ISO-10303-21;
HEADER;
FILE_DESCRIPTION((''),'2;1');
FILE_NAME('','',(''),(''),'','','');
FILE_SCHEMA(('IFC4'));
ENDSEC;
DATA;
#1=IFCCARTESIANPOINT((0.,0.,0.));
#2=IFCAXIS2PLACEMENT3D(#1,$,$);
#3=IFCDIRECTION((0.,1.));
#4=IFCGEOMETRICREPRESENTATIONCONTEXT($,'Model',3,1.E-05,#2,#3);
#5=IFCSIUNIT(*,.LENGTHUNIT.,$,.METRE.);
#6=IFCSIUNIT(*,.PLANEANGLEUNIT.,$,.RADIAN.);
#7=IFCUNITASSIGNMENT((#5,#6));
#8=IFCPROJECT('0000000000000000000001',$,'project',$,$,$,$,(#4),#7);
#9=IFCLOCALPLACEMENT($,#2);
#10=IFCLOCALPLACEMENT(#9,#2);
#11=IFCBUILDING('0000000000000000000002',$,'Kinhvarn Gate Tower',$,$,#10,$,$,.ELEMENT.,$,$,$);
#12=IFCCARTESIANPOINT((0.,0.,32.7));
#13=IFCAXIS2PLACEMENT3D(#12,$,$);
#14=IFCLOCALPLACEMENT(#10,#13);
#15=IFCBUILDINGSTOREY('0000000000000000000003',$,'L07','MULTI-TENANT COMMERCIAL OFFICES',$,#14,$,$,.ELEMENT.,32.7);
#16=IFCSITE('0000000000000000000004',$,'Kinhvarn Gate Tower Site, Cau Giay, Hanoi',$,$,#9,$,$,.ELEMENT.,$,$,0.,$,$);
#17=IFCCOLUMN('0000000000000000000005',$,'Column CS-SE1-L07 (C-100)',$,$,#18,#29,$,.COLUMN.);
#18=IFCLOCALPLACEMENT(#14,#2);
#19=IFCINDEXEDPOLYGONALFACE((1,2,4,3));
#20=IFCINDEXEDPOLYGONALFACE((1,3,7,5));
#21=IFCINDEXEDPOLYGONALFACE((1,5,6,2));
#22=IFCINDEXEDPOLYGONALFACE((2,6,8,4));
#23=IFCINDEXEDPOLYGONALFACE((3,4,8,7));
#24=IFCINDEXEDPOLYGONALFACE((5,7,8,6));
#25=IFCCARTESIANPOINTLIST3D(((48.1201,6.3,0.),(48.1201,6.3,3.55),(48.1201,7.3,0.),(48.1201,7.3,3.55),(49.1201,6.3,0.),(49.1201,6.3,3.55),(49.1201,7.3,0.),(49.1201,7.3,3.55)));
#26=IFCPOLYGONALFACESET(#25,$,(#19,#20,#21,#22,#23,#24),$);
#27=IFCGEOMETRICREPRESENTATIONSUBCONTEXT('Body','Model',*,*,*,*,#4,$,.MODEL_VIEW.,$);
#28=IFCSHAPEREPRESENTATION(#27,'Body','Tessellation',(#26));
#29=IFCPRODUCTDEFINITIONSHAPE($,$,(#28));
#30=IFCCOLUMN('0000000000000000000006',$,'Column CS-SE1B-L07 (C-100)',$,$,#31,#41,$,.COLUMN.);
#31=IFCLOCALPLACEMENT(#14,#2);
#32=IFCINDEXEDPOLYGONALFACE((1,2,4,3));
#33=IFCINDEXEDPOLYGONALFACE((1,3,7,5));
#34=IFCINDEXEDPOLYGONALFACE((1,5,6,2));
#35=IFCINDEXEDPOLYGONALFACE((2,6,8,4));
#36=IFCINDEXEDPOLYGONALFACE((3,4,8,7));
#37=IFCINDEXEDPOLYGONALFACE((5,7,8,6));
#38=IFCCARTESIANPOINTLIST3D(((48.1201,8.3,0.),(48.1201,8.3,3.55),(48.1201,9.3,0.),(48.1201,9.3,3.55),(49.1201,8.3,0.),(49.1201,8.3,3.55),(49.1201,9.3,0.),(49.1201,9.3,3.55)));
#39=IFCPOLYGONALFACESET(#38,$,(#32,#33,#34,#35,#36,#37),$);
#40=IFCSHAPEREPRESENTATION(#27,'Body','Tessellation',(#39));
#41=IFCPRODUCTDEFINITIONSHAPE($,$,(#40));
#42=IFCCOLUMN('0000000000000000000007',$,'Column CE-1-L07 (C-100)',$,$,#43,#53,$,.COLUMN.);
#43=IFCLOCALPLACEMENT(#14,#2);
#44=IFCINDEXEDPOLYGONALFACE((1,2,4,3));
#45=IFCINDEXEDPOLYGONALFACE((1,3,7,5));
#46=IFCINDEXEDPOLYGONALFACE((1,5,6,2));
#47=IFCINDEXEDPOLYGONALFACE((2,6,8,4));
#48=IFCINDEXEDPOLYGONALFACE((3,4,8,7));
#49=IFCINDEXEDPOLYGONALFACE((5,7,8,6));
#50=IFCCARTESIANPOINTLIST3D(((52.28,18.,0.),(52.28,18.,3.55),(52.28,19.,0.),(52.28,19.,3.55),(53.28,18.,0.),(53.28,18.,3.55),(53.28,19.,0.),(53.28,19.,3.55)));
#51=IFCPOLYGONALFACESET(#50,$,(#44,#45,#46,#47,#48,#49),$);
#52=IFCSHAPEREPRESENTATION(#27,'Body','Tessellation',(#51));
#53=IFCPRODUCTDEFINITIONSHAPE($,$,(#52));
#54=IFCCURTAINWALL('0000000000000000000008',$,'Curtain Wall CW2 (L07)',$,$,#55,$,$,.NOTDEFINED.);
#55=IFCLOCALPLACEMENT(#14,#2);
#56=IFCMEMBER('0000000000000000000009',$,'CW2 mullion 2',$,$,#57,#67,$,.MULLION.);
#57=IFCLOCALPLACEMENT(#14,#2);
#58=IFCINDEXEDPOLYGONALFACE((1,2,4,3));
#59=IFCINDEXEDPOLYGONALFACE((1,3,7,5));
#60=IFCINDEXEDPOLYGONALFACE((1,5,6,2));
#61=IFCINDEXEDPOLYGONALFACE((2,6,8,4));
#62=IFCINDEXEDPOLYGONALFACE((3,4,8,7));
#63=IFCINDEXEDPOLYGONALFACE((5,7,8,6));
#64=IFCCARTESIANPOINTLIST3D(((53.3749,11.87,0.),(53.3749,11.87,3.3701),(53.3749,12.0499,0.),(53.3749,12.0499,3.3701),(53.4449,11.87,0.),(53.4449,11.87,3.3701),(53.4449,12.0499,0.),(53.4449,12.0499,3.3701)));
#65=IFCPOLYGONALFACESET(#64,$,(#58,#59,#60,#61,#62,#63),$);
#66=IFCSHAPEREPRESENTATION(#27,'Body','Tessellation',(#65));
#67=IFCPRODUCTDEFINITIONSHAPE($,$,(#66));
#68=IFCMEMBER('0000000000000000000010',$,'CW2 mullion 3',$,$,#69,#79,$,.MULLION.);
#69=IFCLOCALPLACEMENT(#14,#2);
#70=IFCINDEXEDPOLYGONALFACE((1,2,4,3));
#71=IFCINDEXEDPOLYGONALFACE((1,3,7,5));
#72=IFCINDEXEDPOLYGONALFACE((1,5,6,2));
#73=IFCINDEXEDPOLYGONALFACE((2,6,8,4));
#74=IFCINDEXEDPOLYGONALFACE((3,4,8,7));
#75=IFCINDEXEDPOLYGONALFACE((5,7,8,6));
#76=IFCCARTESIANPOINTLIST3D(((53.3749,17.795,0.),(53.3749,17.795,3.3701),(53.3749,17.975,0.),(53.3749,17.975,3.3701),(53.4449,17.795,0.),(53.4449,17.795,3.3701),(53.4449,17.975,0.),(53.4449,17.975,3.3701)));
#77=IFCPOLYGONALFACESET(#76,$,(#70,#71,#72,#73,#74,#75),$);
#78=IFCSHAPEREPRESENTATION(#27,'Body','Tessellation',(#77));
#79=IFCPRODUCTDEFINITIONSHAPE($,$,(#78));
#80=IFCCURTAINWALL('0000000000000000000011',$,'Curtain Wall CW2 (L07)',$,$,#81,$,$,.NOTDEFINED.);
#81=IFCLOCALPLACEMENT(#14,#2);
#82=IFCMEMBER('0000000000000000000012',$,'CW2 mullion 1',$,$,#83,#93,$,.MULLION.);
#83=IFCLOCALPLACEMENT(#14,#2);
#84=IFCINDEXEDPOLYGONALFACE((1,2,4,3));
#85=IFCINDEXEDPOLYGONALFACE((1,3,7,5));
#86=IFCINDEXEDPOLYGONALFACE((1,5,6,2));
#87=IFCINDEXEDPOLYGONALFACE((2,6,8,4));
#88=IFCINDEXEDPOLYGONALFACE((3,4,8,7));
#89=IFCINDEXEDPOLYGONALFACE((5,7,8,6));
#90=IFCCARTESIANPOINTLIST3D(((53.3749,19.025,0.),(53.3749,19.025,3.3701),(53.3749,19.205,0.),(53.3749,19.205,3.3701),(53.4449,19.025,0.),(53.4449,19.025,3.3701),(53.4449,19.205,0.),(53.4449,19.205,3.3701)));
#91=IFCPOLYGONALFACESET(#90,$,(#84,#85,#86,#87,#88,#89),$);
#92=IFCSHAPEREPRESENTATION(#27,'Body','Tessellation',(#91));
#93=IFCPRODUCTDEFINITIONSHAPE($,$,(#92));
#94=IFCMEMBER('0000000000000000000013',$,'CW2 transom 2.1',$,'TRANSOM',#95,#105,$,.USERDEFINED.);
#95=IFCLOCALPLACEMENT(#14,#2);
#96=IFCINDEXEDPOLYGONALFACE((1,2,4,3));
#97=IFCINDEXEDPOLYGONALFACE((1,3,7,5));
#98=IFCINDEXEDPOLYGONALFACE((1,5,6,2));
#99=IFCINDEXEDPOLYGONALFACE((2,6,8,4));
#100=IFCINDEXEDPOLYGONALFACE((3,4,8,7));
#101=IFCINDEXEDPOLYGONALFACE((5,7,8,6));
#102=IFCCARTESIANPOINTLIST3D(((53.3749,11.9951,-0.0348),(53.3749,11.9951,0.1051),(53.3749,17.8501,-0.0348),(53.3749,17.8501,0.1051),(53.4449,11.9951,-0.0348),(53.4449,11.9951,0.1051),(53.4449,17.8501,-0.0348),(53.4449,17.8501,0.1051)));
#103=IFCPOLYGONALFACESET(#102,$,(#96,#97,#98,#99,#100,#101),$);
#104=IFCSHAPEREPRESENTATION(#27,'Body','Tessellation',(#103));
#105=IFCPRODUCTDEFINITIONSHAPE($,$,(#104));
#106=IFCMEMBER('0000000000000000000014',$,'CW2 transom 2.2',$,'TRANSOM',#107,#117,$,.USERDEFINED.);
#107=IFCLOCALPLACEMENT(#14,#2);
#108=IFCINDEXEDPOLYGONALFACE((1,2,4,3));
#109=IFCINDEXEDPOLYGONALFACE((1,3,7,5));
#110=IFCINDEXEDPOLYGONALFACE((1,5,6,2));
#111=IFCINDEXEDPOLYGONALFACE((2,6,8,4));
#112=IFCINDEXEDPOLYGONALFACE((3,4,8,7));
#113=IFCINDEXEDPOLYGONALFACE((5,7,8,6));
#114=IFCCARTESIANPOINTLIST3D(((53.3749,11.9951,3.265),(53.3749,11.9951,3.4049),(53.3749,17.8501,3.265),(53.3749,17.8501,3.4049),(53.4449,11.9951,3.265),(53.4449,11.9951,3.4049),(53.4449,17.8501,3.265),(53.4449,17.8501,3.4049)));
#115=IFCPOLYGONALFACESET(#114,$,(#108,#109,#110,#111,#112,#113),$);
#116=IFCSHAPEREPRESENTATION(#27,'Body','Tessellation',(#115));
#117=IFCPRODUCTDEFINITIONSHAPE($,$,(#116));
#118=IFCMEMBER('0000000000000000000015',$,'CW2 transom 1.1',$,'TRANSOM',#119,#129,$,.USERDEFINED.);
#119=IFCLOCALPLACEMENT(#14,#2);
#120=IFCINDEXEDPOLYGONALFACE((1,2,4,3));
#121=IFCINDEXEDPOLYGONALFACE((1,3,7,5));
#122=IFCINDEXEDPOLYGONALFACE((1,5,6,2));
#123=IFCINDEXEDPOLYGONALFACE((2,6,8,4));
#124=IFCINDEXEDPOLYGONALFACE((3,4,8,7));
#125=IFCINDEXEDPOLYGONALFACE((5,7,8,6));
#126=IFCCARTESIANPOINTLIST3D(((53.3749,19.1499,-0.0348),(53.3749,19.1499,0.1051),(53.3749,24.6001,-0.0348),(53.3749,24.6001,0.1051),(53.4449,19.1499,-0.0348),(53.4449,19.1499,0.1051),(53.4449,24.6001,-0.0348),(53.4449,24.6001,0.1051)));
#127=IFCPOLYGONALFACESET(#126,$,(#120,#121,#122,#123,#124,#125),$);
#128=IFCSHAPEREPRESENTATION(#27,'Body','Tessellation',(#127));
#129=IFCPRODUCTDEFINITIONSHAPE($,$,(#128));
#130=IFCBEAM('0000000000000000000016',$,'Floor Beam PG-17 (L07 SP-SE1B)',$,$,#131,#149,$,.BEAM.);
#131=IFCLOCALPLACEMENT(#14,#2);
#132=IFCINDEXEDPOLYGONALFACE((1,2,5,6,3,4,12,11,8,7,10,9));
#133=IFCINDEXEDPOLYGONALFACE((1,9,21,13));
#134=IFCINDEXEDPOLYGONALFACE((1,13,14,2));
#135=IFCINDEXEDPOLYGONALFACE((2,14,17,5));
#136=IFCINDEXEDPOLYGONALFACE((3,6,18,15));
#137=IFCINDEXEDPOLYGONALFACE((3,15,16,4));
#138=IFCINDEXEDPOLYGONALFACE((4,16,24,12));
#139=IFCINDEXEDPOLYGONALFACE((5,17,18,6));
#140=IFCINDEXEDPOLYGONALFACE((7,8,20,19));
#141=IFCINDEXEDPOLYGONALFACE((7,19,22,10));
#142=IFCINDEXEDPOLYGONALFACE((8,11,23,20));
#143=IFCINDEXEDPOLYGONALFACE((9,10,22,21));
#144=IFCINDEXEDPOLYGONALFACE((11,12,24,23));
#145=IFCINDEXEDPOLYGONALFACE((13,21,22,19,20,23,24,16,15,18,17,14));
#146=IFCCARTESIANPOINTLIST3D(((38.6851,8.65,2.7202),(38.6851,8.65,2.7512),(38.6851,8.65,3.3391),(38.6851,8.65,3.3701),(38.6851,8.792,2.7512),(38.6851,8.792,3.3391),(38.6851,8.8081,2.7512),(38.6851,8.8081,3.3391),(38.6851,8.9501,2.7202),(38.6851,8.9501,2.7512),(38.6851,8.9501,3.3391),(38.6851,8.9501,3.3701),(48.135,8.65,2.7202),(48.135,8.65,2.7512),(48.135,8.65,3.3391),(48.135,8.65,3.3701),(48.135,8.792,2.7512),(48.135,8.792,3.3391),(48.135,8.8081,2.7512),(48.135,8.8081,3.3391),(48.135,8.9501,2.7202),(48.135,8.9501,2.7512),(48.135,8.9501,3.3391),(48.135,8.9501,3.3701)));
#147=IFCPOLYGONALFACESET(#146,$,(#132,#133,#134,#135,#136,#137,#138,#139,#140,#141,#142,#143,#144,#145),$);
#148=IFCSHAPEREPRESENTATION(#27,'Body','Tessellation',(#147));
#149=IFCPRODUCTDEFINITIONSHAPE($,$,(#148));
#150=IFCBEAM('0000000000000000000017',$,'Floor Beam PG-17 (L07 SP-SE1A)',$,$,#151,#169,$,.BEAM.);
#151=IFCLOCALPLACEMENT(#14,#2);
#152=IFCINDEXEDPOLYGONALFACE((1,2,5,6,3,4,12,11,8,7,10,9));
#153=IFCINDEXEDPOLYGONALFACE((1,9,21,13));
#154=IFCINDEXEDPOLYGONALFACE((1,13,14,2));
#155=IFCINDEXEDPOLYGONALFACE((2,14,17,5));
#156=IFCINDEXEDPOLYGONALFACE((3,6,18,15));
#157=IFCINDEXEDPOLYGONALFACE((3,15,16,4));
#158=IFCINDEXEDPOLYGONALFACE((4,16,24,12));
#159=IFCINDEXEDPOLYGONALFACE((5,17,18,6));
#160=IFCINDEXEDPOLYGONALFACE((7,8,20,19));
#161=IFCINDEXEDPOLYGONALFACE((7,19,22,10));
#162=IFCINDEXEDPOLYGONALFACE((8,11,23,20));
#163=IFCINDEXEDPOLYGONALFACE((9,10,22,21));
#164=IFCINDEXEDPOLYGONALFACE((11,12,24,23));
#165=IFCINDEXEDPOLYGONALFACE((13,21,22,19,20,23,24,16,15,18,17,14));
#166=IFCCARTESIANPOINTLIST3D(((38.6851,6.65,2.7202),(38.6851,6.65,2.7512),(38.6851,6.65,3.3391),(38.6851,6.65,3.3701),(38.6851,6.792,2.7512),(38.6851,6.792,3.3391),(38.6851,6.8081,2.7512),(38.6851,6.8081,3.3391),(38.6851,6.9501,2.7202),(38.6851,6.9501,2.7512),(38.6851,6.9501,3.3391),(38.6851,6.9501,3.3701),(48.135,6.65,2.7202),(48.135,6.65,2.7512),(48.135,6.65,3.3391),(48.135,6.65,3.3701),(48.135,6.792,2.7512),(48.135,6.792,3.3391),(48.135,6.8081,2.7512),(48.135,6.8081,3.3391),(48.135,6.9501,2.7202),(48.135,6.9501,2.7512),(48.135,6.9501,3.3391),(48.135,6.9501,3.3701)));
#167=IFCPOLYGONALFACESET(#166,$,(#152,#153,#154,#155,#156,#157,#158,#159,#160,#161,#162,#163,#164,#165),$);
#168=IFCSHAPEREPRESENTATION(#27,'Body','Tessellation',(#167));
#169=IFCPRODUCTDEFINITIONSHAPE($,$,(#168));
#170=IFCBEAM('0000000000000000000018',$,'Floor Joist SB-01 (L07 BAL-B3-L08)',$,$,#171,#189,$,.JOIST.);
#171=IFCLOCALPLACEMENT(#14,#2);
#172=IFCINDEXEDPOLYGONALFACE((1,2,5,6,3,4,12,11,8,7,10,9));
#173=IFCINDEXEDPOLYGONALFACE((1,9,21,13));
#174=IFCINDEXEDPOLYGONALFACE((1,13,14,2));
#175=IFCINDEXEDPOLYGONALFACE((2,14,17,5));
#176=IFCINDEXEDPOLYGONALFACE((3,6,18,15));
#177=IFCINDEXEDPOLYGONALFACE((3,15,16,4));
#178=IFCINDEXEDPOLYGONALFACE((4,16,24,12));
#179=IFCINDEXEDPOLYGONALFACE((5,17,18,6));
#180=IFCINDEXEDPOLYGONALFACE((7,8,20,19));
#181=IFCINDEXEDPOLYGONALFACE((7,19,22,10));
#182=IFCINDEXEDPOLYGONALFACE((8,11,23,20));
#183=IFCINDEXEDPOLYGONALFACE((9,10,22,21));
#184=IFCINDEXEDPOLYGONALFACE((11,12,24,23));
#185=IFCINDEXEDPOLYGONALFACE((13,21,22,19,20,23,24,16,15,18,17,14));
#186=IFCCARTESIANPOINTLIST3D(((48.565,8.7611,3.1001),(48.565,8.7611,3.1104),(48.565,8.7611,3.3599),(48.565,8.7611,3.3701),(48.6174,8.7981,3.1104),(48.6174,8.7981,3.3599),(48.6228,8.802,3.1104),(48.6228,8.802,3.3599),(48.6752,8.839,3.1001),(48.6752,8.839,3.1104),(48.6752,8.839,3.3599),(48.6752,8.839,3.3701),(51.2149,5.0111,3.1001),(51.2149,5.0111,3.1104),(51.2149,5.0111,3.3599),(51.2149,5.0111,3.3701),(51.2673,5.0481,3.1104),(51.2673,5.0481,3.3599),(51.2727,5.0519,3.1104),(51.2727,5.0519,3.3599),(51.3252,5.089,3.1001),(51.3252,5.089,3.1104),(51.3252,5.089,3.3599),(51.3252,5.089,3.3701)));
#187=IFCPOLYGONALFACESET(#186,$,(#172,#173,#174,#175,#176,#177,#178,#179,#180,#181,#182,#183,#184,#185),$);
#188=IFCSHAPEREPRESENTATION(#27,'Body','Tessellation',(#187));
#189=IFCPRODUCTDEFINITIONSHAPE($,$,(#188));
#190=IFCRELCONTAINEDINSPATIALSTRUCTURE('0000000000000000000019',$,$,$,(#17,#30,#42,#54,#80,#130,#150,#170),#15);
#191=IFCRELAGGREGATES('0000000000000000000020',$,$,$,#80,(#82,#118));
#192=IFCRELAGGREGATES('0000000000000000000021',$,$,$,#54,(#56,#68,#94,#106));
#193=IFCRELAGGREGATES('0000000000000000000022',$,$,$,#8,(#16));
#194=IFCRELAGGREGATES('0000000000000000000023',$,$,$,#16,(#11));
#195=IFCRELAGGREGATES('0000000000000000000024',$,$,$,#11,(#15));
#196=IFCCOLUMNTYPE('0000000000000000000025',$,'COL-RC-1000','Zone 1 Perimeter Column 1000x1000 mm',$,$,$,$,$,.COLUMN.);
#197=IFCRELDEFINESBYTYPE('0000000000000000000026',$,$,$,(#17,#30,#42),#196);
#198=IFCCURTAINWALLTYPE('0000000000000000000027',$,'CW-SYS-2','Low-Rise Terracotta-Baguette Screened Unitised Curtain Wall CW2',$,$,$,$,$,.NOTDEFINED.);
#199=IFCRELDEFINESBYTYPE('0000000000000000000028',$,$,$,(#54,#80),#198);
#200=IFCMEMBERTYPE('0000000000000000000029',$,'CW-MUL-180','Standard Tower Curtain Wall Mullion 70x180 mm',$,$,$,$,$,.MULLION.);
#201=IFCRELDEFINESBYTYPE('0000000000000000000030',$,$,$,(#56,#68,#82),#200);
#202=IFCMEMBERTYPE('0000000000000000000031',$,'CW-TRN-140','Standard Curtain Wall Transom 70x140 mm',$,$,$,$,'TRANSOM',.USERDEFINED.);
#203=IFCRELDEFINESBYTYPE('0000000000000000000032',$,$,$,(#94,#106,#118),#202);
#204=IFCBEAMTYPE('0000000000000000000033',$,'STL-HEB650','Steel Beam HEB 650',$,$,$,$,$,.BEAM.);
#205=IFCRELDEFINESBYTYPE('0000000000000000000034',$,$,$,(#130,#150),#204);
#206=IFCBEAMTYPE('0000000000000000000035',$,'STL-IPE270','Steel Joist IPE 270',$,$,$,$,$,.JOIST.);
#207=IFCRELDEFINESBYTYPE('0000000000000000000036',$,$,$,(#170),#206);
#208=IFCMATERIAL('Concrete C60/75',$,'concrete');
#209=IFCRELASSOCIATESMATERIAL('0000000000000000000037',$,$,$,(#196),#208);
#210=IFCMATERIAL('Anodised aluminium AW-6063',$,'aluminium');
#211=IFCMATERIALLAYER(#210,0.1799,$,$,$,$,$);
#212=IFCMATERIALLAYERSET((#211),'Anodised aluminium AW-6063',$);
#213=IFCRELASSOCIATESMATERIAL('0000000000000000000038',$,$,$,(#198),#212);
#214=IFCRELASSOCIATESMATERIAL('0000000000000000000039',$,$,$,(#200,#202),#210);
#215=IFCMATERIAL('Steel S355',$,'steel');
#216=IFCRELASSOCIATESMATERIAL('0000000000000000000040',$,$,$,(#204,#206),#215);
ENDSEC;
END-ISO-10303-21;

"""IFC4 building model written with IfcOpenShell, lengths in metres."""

from ifc_helpers import new_model, si_unit, direction, frame, origin, origin_2d, place, context, subcontext, project, spatial, rectangle, i_section, extrude, material, layer, layer_set, material_profile, profile_set, type_object, element, aggregate, save


model = new_model("IFC4")

# Units and contexts
model_context = context("Model", 3, precision=1e-05, world=origin(), true_north=direction((0.0, 1.0)))
body_context = subcontext(model_context, "Body", "Model", "MODEL_VIEW")
ifc_project = project(units=[si_unit("LENGTHUNIT", "METRE"), si_unit("PLANEANGLEUNIT", "RADIAN")], contexts=[model_context])

# Site, building, storey
site_placement = place(None, origin())
site = spatial("IfcSite", under=ifc_project, at=site_placement, Name="Kinhvarn Gate Tower Site, Cau Giay, Hanoi", CompositionType="ELEMENT", RefElevation=0.0)
building_placement = place(site_placement, origin())
building = spatial("IfcBuilding", under=site, at=building_placement, Name="Kinhvarn Gate Tower", CompositionType="ELEMENT")
storey_placement = place(building_placement, frame((0.0, 0.0, 32.7)))
storey = spatial("IfcBuildingStorey", under=building, at=storey_placement, Name="L07", Description="MULTI-TENANT COMMERCIAL OFFICES", CompositionType="ELEMENT", Elevation=32.7)

# Columns
ifc_material_1 = material(Name="Concrete C60/75", Category="concrete")
ifc_material_profile_1 = material_profile(ifc_material_1, rectangle(XDim=1.0, YDim=1.0, at=origin_2d()), Name="RC 1000x1000")
ifc_profile_set_1 = profile_set([ifc_material_profile_1], Name="Concrete C60/75")
column_type = type_object("IfcColumnType", Name="COL-RC-1000", Description="Zone 1 Perimeter Column 1000x1000 mm", PredefinedType="COLUMN", material=ifc_profile_set_1)
for number, where, z_axis, x_axis, name in (
    (1, (48.6201, 6.8, 0.0), (0.0, 0.0, 1.0), (1.0, 0.0, 0.0), "Column CS-SE1-L07 (C-100)"),
    (2, (48.6201, 8.8, 0.0), (0.0, 0.0, 1.0), (1.0, 0.0, 0.0), "Column CS-SE1B-L07 (C-100)"),
    (3, (52.78, 18.5, 0.0), (0.0, 0.0, 1.0), (1.0, 0.0, 0.0), "Column CE-1-L07 (C-100)"),
):
    element("IfcColumn", number, at=place(storey_placement, frame(where, z_axis=z_axis, x_axis=x_axis)), inside=storey, type_object=column_type, Name=name, PredefinedType="COLUMN", context=body_context, shape_type="SweptSolid", body=[
        extrude(rectangle(XDim=1.0, YDim=1.0, at=origin_2d()), origin(), (0.0, 0.0, 1.0), 3.55),
    ])

# Curtain wall, members
ifc_material_2 = material(Name="Anodised aluminium AW-6063", Category="aluminium")
ifc_layer_1 = layer(ifc_material_2, 0.1799)
ifc_layer_set_1 = layer_set([ifc_layer_1], Name="Anodised aluminium AW-6063")
curtain_wall_type = type_object("IfcCurtainWallType", Name="CW-SYS-2", Description="Low-Rise Terracotta-Baguette Screened Unitised Curtain Wall CW2", PredefinedType="NOTDEFINED", material=ifc_layer_set_1)
curtain_wall_1_placement = place(storey_placement, origin())
curtain_wall_1 = element("IfcCurtainWall", 4, at=curtain_wall_1_placement, inside=storey, type_object=curtain_wall_type, Name="Curtain Wall CW2 (L07)", PredefinedType="NOTDEFINED")
ifc_material_profile_2 = material_profile(ifc_material_2, rectangle(XDim=0.0701, YDim=0.1799, at=origin_2d()), Name="ALU 70x180")
ifc_profile_set_2 = profile_set([ifc_material_profile_2], Name="Anodised aluminium AW-6063")
member_type_1 = type_object("IfcMemberType", Name="CW-MUL-180", Description="Standard Tower Curtain Wall Mullion 70x180 mm", PredefinedType="MULLION", material=ifc_profile_set_2)
member_1_placement = place(storey_placement, frame((53.4099, 11.96, 0.0), z_axis=(0.0, 0.0, 1.0), x_axis=(-1.0, 0.0, 0.0)))
member_1 = element("IfcMember", 5, at=member_1_placement, type_object=member_type_1, Name="CW2 mullion 2", PredefinedType="MULLION", context=body_context, shape_type="SweptSolid", body=[
    extrude(rectangle(XDim=0.0701, YDim=0.1799, at=origin_2d()), origin(), (0.0, 0.0, 1.0), 3.3701),
])
member_2_placement = place(storey_placement, frame((53.4099, 17.885, 0.0), z_axis=(0.0, 0.0, 1.0), x_axis=(-1.0, 0.0, 0.0)))
member_2 = element("IfcMember", 6, at=member_2_placement, type_object=member_type_1, Name="CW2 mullion 3", PredefinedType="MULLION", context=body_context, shape_type="SweptSolid", body=[
    extrude(rectangle(XDim=0.0701, YDim=0.1799, at=origin_2d()), origin(), (0.0, 0.0, 1.0), 3.3701),
])

# Curtain wall, member
curtain_wall_2_placement = place(storey_placement, origin())
curtain_wall_2 = element("IfcCurtainWall", 7, at=curtain_wall_2_placement, inside=storey, type_object=curtain_wall_type, Name="Curtain Wall CW2 (L07)", PredefinedType="NOTDEFINED")
member_3_placement = place(storey_placement, frame((53.4099, 19.115, 0.0), z_axis=(0.0, 0.0, 1.0), x_axis=(-1.0, 0.0, 0.0)))
member_3 = element("IfcMember", 8, at=member_3_placement, type_object=member_type_1, Name="CW2 mullion 1", PredefinedType="MULLION", context=body_context, shape_type="SweptSolid", body=[
    extrude(rectangle(XDim=0.0701, YDim=0.1799, at=origin_2d()), origin(), (0.0, 0.0, 1.0), 3.3701),
])

# Members
ifc_material_profile_3 = material_profile(ifc_material_2, rectangle(XDim=0.0701, YDim=0.1399, at=origin_2d()), Name="ALU 70x140")
ifc_profile_set_3 = profile_set([ifc_material_profile_3], Name="Anodised aluminium AW-6063")
member_type_2 = type_object("IfcMemberType", Name="CW-TRN-140", Description="Standard Curtain Wall Transom 70x140 mm", ElementType="TRANSOM", PredefinedType="USERDEFINED", material=ifc_profile_set_3)
member_4_placement = place(storey_placement, frame((53.4099, 11.9951, 0.0352), z_axis=(0.0, 1.0, 0.0), x_axis=(-1.0, 0.0, 0.0)))
member_4 = element("IfcMember", 9, at=member_4_placement, type_object=member_type_2, Name="CW2 transom 2.1", ObjectType="TRANSOM", PredefinedType="USERDEFINED", context=body_context, shape_type="SweptSolid", body=[
    extrude(rectangle(XDim=0.0701, YDim=0.1399, at=origin_2d()), origin(), (0.0, 0.0, 1.0), 5.855),
])
member_5_placement = place(storey_placement, frame((53.4099, 11.9951, 3.335), z_axis=(0.0, 1.0, 0.0), x_axis=(-1.0, 0.0, 0.0)))
member_5 = element("IfcMember", 10, at=member_5_placement, type_object=member_type_2, Name="CW2 transom 2.2", ObjectType="TRANSOM", PredefinedType="USERDEFINED", context=body_context, shape_type="SweptSolid", body=[
    extrude(rectangle(XDim=0.0701, YDim=0.1399, at=origin_2d()), origin(), (0.0, 0.0, 1.0), 5.855),
])
member_6_placement = place(storey_placement, frame((53.4099, 19.1499, 0.0352), z_axis=(0.0, 1.0, 0.0), x_axis=(-1.0, 0.0, 0.0)))
member_6 = element("IfcMember", 11, at=member_6_placement, type_object=member_type_2, Name="CW2 transom 1.1", ObjectType="TRANSOM", PredefinedType="USERDEFINED", context=body_context, shape_type="SweptSolid", body=[
    extrude(rectangle(XDim=0.0701, YDim=0.1399, at=origin_2d()), origin(), (0.0, 0.0, 1.0), 5.4502),
])
aggregate(curtain_wall_2, [member_3, member_6])

# Beams
ifc_material_3 = material(Name="Steel S355", Category="steel")
ifc_material_profile_4 = material_profile(ifc_material_3, i_section(OverallWidth=0.3, OverallDepth=0.6499, WebThickness=0.0161, FlangeThickness=0.031, at=origin_2d()), Name="HEB 650")
ifc_profile_set_4 = profile_set([ifc_material_profile_4], Name="Steel S355")
beam_type_1 = type_object("IfcBeamType", Name="STL-HEB650", Description="Steel Beam HEB 650", PredefinedType="BEAM", material=ifc_profile_set_4)
for number, where, z_axis, x_axis, name in (
    (12, (38.6851, 8.8, 3.0452), (1.0, 0.0, 0.0), (0.0, 1.0, 0.0), "Floor Beam PG-17 (L07 SP-SE1B)"),
    (13, (38.6851, 6.8, 3.0452), (1.0, 0.0, 0.0), (0.0, 1.0, 0.0), "Floor Beam PG-17 (L07 SP-SE1A)"),
):
    element("IfcBeam", number, at=place(storey_placement, frame(where, z_axis=z_axis, x_axis=x_axis)), inside=storey, type_object=beam_type_1, Name=name, PredefinedType="BEAM", context=body_context, shape_type="SweptSolid", body=[
        extrude(i_section(OverallWidth=0.3, OverallDepth=0.6499, WebThickness=0.0161, FlangeThickness=0.031, at=origin_2d()), origin(), (0.0, 0.0, 1.0), 9.45),
    ])
ifc_material_profile_5 = material_profile(ifc_material_3, i_section(OverallWidth=0.135, OverallDepth=0.27, WebThickness=0.0066, FlangeThickness=0.0103, at=origin_2d()), Name="IPE 270")
ifc_profile_set_5 = profile_set([ifc_material_profile_5], Name="Steel S355")
beam_type_2 = type_object("IfcBeamType", Name="STL-IPE270", Description="Steel Joist IPE 270", PredefinedType="JOIST", material=ifc_profile_set_5)
beam_1_placement = place(storey_placement, frame((48.6201, 8.8, 3.2351), z_axis=(0.577096, -0.816676, 0.0), x_axis=(0.816676, 0.577096, 0.0)))
element("IfcBeam", 14, at=beam_1_placement, inside=storey, type_object=beam_type_2, Name="Floor Joist SB-01 (L07 BAL-B3-L08)", PredefinedType="JOIST", context=body_context, shape_type="SweptSolid", body=[
    extrude(i_section(OverallWidth=0.135, OverallDepth=0.27, WebThickness=0.0066, FlangeThickness=0.0103, at=origin_2d()), origin(), (0.0, 0.0, 1.0), 4.5918),
])

aggregate(curtain_wall_1, [member_1, member_2, member_4, member_5])

save(model, "model.ifc")
